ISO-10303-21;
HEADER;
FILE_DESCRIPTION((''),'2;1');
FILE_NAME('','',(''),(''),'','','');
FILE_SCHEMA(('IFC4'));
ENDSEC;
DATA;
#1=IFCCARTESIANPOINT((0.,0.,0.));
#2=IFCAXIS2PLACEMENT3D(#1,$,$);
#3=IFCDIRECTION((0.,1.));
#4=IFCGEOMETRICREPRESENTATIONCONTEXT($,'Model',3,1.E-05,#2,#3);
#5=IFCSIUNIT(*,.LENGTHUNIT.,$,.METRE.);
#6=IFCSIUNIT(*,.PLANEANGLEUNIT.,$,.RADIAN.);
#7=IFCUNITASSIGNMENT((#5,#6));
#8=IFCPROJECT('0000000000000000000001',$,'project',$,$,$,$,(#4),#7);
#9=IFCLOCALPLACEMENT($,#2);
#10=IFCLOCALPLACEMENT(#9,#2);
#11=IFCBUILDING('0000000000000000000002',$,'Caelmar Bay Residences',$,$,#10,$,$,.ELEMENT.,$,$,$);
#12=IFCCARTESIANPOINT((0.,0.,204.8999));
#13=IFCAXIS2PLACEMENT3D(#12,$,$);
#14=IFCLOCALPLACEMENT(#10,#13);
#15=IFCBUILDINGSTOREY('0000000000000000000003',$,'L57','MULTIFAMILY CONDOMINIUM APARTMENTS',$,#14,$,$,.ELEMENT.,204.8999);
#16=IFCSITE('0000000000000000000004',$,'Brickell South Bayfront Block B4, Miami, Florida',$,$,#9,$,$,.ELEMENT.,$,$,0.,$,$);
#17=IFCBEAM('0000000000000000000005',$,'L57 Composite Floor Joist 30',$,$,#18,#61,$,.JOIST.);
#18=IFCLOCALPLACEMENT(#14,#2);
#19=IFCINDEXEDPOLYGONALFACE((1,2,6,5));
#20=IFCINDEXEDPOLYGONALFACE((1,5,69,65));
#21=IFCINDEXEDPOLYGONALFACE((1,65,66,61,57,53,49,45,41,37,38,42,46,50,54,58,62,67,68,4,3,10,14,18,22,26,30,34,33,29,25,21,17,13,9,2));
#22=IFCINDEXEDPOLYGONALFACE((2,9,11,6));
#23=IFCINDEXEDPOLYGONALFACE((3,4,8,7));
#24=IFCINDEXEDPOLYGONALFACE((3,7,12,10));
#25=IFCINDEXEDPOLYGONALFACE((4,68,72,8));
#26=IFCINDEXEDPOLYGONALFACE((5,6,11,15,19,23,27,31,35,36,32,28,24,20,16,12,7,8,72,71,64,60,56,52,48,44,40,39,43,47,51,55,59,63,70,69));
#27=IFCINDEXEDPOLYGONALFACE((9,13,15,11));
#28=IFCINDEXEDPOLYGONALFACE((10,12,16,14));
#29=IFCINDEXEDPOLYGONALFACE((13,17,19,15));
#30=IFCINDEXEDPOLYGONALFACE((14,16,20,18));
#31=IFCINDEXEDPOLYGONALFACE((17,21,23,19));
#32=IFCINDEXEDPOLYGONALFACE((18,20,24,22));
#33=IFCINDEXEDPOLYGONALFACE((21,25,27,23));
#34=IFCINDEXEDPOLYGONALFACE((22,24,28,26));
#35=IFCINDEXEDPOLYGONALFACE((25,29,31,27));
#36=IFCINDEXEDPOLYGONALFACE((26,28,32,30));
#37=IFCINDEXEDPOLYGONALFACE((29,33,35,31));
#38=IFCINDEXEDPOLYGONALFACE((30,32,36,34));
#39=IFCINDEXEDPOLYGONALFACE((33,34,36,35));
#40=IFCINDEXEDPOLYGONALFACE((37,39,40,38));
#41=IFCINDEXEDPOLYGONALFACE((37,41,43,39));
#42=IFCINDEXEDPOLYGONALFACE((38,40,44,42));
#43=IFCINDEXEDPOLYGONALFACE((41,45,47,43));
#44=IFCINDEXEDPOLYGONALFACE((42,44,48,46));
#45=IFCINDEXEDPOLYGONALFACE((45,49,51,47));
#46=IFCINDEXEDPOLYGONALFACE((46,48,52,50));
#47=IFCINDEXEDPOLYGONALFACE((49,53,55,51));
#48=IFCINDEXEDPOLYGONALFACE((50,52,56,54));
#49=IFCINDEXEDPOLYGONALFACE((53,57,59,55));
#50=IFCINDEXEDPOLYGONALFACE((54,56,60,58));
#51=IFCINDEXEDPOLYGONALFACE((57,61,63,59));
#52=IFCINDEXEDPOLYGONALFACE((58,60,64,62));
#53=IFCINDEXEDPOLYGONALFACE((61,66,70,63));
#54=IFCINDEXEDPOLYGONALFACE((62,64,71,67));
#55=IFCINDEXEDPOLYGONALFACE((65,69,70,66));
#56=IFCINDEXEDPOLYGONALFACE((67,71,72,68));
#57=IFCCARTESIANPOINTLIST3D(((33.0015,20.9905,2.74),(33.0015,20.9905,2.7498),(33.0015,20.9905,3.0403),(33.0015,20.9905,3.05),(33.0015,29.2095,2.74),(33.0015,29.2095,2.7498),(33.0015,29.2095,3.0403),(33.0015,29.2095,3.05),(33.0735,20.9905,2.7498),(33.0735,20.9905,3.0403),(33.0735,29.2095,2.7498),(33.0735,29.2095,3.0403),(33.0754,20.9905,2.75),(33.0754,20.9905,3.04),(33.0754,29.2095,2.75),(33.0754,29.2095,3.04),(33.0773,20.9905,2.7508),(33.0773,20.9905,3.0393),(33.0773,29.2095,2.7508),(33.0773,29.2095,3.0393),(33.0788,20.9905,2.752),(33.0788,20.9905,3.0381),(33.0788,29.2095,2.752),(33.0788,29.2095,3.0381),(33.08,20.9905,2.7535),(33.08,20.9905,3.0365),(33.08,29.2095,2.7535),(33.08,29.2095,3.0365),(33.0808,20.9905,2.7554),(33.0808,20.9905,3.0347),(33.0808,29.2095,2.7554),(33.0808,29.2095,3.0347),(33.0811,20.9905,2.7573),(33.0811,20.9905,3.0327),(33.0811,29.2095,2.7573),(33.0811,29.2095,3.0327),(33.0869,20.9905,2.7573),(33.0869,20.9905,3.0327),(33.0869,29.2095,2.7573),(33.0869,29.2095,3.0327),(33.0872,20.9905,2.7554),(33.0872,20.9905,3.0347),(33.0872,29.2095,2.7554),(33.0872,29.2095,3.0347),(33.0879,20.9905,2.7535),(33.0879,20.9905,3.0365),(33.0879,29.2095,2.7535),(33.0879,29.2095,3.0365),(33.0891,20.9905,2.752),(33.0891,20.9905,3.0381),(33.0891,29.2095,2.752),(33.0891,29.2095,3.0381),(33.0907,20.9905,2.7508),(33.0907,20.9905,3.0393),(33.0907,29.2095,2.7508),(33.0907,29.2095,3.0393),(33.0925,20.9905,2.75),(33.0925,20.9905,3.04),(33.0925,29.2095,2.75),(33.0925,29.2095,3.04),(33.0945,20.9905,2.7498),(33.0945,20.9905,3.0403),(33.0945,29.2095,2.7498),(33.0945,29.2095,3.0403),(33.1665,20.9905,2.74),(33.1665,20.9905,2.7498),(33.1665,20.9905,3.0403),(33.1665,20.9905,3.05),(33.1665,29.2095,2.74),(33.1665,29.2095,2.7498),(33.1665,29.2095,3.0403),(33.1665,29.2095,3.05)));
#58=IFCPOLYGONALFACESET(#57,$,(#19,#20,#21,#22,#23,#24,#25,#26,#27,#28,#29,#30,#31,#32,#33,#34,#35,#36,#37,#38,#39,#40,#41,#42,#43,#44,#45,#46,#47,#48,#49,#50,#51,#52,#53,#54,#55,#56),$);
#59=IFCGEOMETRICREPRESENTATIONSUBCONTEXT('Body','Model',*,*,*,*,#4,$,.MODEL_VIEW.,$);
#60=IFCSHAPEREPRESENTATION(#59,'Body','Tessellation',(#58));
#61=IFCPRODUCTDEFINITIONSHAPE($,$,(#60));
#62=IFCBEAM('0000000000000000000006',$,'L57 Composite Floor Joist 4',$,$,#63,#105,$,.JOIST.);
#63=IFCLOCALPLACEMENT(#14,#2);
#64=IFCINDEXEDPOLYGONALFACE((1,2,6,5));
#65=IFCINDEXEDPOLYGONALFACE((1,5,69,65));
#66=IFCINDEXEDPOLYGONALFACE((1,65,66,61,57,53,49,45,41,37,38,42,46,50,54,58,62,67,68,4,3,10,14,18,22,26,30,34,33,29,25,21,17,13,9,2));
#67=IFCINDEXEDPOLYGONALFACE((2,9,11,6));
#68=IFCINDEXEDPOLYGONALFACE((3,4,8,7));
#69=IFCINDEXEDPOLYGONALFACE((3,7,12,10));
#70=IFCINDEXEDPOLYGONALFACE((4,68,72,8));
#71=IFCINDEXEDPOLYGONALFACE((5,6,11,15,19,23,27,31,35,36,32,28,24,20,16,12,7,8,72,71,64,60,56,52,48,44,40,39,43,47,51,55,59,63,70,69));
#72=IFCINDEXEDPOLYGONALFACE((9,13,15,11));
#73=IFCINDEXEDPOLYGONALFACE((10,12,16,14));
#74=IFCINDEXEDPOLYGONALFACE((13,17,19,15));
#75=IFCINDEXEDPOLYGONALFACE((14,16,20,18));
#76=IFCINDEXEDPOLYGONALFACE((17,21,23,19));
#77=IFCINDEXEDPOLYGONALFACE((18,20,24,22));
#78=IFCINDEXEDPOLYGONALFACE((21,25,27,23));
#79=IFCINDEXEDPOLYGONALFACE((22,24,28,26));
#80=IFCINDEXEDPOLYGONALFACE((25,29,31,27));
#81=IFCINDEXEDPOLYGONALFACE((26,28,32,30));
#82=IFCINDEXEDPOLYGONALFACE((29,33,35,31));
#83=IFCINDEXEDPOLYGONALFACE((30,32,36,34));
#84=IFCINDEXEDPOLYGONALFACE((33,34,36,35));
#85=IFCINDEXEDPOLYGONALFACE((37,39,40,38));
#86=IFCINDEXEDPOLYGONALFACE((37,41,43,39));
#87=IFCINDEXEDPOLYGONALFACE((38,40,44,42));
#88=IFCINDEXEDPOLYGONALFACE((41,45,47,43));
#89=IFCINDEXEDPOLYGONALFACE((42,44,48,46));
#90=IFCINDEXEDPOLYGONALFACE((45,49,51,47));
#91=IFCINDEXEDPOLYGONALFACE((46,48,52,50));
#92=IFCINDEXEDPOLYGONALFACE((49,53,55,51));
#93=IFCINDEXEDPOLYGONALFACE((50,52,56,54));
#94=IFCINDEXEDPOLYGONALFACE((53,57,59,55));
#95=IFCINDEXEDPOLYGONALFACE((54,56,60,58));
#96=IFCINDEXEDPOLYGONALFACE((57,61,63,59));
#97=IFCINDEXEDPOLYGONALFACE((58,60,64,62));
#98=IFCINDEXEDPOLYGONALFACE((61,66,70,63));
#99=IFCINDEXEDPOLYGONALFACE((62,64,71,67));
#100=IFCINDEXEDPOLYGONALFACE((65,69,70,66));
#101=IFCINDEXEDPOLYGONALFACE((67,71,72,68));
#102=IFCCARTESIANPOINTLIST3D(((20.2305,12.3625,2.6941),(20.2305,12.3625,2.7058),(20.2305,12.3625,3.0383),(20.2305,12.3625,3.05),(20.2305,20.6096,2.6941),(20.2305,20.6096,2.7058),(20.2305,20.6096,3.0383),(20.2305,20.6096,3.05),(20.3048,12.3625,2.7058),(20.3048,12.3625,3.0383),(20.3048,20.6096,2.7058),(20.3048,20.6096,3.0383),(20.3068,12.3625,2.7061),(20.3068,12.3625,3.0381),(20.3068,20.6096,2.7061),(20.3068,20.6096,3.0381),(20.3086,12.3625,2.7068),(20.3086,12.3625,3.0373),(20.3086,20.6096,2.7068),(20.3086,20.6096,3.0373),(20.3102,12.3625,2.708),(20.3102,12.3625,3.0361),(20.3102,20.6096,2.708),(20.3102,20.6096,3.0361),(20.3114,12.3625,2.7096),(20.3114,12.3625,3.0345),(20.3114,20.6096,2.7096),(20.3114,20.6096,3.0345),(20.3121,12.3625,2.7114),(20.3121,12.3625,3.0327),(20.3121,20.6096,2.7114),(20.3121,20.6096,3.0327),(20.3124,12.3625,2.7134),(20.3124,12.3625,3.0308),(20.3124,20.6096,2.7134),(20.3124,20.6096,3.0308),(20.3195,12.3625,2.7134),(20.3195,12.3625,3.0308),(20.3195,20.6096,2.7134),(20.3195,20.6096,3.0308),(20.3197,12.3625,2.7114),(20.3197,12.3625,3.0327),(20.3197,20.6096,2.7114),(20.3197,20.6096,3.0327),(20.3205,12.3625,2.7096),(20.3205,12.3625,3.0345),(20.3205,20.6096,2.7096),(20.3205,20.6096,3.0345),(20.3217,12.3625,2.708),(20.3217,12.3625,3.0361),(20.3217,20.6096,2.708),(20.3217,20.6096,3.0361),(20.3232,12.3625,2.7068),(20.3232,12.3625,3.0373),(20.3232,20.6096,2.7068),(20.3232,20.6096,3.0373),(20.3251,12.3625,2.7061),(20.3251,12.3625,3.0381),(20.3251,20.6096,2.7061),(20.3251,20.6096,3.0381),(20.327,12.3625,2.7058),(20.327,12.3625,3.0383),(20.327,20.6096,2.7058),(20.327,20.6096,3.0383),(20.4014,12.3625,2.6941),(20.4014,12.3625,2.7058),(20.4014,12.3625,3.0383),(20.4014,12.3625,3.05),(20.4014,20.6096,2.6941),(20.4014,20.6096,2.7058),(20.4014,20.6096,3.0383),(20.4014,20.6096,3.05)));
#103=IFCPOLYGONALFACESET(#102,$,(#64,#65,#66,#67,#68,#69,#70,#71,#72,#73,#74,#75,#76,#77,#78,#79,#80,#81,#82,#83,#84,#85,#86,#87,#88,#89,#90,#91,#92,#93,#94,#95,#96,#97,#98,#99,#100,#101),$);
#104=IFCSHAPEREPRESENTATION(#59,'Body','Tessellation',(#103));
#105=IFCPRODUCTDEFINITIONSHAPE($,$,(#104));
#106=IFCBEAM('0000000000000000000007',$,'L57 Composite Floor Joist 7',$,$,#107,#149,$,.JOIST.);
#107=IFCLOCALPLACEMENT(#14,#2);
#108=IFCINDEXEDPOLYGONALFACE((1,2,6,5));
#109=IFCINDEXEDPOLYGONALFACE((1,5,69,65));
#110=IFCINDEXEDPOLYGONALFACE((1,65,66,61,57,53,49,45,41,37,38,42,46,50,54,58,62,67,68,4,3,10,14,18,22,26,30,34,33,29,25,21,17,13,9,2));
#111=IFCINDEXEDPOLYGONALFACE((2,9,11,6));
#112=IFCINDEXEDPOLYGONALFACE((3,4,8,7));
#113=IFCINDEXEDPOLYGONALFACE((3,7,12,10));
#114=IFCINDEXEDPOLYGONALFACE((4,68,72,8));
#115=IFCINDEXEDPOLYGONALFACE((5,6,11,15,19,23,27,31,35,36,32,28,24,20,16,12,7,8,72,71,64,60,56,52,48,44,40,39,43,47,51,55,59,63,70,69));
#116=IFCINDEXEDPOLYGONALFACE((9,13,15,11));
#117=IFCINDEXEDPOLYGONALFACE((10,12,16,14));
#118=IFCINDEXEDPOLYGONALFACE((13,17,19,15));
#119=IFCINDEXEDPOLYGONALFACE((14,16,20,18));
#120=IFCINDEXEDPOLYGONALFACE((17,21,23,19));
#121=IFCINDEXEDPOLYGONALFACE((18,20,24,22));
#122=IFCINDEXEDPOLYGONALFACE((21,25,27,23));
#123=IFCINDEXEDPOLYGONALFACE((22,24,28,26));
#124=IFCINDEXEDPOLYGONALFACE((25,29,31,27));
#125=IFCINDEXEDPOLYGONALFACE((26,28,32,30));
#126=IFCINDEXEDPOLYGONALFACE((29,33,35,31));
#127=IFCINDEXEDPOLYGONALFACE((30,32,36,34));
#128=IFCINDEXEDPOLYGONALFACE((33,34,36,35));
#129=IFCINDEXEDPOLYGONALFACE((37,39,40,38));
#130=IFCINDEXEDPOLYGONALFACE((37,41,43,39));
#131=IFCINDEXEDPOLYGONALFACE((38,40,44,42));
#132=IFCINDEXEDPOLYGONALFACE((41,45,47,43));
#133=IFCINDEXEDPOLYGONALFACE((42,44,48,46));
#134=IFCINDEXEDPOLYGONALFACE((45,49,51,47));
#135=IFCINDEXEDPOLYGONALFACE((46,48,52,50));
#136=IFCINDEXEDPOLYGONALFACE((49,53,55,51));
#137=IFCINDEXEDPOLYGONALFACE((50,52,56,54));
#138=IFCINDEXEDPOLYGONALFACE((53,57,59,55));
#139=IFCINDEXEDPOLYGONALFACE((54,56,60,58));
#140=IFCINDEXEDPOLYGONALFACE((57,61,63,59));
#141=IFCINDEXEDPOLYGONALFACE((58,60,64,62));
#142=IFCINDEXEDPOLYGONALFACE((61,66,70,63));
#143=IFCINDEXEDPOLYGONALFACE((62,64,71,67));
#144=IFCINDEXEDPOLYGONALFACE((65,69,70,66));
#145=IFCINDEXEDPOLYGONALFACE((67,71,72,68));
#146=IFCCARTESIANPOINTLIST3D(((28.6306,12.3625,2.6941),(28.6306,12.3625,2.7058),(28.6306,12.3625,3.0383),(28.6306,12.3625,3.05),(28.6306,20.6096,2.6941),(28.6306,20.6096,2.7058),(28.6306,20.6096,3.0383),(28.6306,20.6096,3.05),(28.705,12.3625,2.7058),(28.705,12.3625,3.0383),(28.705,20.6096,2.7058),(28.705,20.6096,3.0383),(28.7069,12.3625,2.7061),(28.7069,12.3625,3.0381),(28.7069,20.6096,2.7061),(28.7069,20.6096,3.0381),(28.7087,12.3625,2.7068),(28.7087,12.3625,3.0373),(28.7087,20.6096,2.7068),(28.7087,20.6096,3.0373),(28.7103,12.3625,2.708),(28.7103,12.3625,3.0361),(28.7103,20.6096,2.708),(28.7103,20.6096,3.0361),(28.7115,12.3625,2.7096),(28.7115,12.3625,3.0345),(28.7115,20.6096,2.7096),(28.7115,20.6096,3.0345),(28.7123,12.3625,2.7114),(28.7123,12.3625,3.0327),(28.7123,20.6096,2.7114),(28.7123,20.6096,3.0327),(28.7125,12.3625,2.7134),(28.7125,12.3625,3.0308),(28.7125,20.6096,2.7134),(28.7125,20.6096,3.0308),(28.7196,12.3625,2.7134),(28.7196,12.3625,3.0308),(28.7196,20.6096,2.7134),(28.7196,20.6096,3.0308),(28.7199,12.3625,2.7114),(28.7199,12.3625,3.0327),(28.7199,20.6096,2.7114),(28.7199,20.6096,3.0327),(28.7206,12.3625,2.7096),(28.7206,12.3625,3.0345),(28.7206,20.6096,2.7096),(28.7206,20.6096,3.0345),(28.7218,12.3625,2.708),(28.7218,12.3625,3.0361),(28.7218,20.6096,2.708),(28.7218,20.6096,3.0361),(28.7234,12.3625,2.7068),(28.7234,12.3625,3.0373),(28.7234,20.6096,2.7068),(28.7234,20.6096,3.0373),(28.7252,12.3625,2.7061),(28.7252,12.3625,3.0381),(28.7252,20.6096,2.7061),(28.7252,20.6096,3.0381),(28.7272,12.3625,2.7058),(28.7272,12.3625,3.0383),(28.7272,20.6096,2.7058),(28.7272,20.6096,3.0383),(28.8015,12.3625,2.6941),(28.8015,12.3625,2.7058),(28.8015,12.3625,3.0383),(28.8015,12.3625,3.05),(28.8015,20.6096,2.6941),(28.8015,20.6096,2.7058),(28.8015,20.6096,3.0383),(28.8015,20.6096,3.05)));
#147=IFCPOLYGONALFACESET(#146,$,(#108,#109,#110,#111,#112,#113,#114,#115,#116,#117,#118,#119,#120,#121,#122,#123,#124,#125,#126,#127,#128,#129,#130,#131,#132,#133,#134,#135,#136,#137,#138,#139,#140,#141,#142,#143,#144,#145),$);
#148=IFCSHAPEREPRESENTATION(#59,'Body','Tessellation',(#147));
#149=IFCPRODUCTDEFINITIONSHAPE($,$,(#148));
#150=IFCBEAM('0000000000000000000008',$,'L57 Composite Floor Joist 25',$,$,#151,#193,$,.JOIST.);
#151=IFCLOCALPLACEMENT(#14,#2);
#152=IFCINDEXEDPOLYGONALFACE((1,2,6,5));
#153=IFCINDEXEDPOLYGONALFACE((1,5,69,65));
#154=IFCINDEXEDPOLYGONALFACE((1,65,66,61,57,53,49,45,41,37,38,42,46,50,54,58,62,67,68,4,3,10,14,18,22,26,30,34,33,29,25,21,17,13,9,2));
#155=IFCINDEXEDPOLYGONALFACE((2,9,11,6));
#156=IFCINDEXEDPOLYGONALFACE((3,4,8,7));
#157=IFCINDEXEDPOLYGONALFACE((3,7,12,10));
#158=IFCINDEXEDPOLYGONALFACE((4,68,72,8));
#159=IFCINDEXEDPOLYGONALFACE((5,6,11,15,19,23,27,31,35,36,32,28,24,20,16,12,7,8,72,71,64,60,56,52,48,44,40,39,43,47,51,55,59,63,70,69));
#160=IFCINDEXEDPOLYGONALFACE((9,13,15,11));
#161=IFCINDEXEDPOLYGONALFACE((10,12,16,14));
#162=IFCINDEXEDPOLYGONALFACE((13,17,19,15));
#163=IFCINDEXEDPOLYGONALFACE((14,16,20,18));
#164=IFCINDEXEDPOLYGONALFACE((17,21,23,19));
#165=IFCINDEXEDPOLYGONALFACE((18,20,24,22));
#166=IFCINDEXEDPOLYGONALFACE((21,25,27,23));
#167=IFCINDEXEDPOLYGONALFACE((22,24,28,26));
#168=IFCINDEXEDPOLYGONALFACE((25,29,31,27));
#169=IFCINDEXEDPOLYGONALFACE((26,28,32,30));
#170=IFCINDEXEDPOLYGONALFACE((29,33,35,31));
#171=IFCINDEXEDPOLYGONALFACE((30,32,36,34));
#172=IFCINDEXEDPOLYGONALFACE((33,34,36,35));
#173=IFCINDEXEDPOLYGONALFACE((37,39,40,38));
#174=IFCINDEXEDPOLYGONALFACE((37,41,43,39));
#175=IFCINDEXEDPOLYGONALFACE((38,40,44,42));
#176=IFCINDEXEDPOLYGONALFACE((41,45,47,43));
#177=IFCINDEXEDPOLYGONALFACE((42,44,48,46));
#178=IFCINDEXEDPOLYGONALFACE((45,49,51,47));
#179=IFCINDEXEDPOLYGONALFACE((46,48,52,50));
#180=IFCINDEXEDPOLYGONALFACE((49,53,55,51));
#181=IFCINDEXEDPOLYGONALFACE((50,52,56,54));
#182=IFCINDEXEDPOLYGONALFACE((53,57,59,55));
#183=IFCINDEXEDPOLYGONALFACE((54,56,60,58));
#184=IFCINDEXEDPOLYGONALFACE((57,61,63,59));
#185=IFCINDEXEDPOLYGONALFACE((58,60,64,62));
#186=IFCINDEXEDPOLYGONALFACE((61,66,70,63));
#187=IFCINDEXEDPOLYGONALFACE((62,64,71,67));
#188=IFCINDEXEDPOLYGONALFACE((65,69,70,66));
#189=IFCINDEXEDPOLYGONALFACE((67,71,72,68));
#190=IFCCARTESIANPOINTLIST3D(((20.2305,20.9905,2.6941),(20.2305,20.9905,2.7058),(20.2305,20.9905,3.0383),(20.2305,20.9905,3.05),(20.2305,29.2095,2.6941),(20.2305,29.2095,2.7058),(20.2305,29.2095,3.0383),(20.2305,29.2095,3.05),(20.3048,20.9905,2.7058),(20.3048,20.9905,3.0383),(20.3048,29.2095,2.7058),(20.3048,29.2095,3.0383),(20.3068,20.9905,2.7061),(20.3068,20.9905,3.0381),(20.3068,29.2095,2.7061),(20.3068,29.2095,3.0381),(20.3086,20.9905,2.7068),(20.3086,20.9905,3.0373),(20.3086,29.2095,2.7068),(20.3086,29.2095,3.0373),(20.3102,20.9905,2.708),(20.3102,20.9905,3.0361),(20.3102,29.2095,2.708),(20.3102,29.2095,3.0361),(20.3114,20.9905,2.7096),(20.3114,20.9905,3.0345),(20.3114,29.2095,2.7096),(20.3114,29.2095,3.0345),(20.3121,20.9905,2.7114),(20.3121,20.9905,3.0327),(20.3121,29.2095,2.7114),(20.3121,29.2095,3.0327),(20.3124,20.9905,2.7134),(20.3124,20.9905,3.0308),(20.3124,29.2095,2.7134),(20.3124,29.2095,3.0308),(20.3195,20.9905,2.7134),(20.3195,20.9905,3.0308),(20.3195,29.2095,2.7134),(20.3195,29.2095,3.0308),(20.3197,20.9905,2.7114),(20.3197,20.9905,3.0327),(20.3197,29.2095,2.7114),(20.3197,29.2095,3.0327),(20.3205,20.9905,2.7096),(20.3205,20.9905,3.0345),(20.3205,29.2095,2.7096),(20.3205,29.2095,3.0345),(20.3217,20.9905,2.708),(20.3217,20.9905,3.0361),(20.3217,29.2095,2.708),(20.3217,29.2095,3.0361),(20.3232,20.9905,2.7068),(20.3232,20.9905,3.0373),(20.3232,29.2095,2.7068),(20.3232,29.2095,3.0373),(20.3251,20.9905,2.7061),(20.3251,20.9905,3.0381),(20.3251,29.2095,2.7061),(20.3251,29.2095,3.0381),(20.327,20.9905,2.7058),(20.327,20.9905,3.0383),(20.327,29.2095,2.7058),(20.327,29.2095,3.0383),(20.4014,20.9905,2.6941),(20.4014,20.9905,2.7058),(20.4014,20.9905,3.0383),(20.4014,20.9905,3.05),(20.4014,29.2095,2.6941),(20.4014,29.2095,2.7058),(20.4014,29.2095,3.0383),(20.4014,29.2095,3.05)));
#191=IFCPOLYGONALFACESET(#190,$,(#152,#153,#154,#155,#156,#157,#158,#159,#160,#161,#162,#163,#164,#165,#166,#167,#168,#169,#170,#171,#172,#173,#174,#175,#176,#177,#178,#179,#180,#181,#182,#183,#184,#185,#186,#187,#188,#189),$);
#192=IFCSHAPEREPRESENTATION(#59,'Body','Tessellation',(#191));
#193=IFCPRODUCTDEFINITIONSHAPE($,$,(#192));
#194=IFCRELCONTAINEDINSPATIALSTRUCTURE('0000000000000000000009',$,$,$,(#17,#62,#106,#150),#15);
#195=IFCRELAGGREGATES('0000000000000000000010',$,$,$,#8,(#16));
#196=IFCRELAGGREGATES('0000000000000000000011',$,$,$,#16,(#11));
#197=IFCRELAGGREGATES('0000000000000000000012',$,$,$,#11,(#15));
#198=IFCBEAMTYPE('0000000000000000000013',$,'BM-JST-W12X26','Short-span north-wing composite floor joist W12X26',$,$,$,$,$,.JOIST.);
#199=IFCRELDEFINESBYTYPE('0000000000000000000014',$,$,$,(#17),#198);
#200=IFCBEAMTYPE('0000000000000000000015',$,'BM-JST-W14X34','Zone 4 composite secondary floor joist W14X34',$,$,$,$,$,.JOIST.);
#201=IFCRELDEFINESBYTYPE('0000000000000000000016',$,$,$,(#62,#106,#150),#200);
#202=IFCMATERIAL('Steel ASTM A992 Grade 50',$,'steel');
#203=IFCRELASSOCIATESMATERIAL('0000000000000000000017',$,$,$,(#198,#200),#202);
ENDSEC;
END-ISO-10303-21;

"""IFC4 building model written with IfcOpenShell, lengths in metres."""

from ifc_helpers import new_model, si_unit, direction, frame, origin, origin_2d, place, context, subcontext, project, spatial, i_section, extrude, material, material_profile, profile_set, type_object, element, save


model = new_model("IFC4")

# Units and contexts
model_context = context("Model", 3, precision=1e-05, world=origin(), true_north=direction((0.0, 1.0)))
body_context = subcontext(model_context, "Body", "Model", "MODEL_VIEW")
ifc_project = project(units=[si_unit("LENGTHUNIT", "METRE"), si_unit("PLANEANGLEUNIT", "RADIAN")], contexts=[model_context])

# Site, building, storey
site_placement = place(None, origin())
site = spatial("IfcSite", under=ifc_project, at=site_placement, Name="Brickell South Bayfront Block B4, Miami, Florida", CompositionType="ELEMENT", RefElevation=0.0)
building_placement = place(site_placement, origin())
building = spatial("IfcBuilding", under=site, at=building_placement, Name="Caelmar Bay Residences", CompositionType="ELEMENT")
storey_placement = place(building_placement, frame((0.0, 0.0, 204.8999)))
storey = spatial("IfcBuildingStorey", under=building, at=storey_placement, Name="L57", Description="MULTIFAMILY CONDOMINIUM APARTMENTS", CompositionType="ELEMENT", Elevation=204.8999)

# Beams
ifc_material_1 = material(Name="Steel ASTM A992 Grade 50", Category="steel")
ifc_material_profile_1 = material_profile(ifc_material_1, i_section(OverallWidth=0.165, OverallDepth=0.3101, WebThickness=0.0059, FlangeThickness=0.0098, FilletRadius=0.0076, at=origin_2d()), Name="W12X26")
ifc_profile_set_1 = profile_set([ifc_material_profile_1], Name="Steel ASTM A992 Grade 50")
beam_type_1 = type_object("IfcBeamType", Name="BM-JST-W12X26", Description="Short-span north-wing composite floor joist W12X26", PredefinedType="JOIST", material=ifc_profile_set_1)
for number, where, z_axis, x_axis, name in (
    (1, (33.084, 20.9905, 2.895), (0.0, 1.0, 0.0), (-1.0, 0.0, 0.0), "L57 Composite Floor Joist 30"),
):
    element("IfcBeam", number, at=place(storey_placement, frame(where, z_axis=z_axis, x_axis=x_axis)), inside=storey, type_object=beam_type_1, Name=name, PredefinedType="JOIST", context=body_context, shape_type="SweptSolid", body=[
        extrude(i_section(OverallWidth=0.165, OverallDepth=0.3101, WebThickness=0.0059, FlangeThickness=0.0098, FilletRadius=0.0076, at=origin_2d()), origin(), (0.0, 0.0, 1.0), 8.219),
    ])
ifc_material_profile_2 = material_profile(ifc_material_1, i_section(OverallWidth=0.1709, OverallDepth=0.356, WebThickness=0.0071, FlangeThickness=0.0117, FilletRadius=0.0076, at=origin_2d()), Name="W14X34")
ifc_profile_set_2 = profile_set([ifc_material_profile_2], Name="Steel ASTM A992 Grade 50")
beam_type_2 = type_object("IfcBeamType", Name="BM-JST-W14X34", Description="Zone 4 composite secondary floor joist W14X34", PredefinedType="JOIST", material=ifc_profile_set_2)
for number, where, z_axis, x_axis, name in (
    (2, (20.3159, 12.3625, 2.8721), (0.0, 1.0, 0.0), (-1.0, 0.0, 0.0), "L57 Composite Floor Joist 4"),
    (3, (28.7161, 12.3625, 2.8721), (0.0, 1.0, 0.0), (-1.0, 0.0, 0.0), "L57 Composite Floor Joist 7"),
):
    element("IfcBeam", number, at=place(storey_placement, frame(where, z_axis=z_axis, x_axis=x_axis)), inside=storey, type_object=beam_type_2, Name=name, PredefinedType="JOIST", context=body_context, shape_type="SweptSolid", body=[
        extrude(i_section(OverallWidth=0.1709, OverallDepth=0.356, WebThickness=0.0071, FlangeThickness=0.0117, FilletRadius=0.0076, at=origin_2d()), origin(), (0.0, 0.0, 1.0), 8.2471),
    ])
for number, where, z_axis, x_axis, name in (
    (4, (20.3159, 20.9905, 2.8721), (0.0, 1.0, 0.0), (-1.0, 0.0, 0.0), "L57 Composite Floor Joist 25"),
):
    element("IfcBeam", number, at=place(storey_placement, frame(where, z_axis=z_axis, x_axis=x_axis)), inside=storey, type_object=beam_type_2, Name=name, PredefinedType="JOIST", context=body_context, shape_type="SweptSolid", body=[
        extrude(i_section(OverallWidth=0.1709, OverallDepth=0.356, WebThickness=0.0071, FlangeThickness=0.0117, FilletRadius=0.0076, at=origin_2d()), origin(), (0.0, 0.0, 1.0), 8.219),
    ])

save(model, "model.ifc")
